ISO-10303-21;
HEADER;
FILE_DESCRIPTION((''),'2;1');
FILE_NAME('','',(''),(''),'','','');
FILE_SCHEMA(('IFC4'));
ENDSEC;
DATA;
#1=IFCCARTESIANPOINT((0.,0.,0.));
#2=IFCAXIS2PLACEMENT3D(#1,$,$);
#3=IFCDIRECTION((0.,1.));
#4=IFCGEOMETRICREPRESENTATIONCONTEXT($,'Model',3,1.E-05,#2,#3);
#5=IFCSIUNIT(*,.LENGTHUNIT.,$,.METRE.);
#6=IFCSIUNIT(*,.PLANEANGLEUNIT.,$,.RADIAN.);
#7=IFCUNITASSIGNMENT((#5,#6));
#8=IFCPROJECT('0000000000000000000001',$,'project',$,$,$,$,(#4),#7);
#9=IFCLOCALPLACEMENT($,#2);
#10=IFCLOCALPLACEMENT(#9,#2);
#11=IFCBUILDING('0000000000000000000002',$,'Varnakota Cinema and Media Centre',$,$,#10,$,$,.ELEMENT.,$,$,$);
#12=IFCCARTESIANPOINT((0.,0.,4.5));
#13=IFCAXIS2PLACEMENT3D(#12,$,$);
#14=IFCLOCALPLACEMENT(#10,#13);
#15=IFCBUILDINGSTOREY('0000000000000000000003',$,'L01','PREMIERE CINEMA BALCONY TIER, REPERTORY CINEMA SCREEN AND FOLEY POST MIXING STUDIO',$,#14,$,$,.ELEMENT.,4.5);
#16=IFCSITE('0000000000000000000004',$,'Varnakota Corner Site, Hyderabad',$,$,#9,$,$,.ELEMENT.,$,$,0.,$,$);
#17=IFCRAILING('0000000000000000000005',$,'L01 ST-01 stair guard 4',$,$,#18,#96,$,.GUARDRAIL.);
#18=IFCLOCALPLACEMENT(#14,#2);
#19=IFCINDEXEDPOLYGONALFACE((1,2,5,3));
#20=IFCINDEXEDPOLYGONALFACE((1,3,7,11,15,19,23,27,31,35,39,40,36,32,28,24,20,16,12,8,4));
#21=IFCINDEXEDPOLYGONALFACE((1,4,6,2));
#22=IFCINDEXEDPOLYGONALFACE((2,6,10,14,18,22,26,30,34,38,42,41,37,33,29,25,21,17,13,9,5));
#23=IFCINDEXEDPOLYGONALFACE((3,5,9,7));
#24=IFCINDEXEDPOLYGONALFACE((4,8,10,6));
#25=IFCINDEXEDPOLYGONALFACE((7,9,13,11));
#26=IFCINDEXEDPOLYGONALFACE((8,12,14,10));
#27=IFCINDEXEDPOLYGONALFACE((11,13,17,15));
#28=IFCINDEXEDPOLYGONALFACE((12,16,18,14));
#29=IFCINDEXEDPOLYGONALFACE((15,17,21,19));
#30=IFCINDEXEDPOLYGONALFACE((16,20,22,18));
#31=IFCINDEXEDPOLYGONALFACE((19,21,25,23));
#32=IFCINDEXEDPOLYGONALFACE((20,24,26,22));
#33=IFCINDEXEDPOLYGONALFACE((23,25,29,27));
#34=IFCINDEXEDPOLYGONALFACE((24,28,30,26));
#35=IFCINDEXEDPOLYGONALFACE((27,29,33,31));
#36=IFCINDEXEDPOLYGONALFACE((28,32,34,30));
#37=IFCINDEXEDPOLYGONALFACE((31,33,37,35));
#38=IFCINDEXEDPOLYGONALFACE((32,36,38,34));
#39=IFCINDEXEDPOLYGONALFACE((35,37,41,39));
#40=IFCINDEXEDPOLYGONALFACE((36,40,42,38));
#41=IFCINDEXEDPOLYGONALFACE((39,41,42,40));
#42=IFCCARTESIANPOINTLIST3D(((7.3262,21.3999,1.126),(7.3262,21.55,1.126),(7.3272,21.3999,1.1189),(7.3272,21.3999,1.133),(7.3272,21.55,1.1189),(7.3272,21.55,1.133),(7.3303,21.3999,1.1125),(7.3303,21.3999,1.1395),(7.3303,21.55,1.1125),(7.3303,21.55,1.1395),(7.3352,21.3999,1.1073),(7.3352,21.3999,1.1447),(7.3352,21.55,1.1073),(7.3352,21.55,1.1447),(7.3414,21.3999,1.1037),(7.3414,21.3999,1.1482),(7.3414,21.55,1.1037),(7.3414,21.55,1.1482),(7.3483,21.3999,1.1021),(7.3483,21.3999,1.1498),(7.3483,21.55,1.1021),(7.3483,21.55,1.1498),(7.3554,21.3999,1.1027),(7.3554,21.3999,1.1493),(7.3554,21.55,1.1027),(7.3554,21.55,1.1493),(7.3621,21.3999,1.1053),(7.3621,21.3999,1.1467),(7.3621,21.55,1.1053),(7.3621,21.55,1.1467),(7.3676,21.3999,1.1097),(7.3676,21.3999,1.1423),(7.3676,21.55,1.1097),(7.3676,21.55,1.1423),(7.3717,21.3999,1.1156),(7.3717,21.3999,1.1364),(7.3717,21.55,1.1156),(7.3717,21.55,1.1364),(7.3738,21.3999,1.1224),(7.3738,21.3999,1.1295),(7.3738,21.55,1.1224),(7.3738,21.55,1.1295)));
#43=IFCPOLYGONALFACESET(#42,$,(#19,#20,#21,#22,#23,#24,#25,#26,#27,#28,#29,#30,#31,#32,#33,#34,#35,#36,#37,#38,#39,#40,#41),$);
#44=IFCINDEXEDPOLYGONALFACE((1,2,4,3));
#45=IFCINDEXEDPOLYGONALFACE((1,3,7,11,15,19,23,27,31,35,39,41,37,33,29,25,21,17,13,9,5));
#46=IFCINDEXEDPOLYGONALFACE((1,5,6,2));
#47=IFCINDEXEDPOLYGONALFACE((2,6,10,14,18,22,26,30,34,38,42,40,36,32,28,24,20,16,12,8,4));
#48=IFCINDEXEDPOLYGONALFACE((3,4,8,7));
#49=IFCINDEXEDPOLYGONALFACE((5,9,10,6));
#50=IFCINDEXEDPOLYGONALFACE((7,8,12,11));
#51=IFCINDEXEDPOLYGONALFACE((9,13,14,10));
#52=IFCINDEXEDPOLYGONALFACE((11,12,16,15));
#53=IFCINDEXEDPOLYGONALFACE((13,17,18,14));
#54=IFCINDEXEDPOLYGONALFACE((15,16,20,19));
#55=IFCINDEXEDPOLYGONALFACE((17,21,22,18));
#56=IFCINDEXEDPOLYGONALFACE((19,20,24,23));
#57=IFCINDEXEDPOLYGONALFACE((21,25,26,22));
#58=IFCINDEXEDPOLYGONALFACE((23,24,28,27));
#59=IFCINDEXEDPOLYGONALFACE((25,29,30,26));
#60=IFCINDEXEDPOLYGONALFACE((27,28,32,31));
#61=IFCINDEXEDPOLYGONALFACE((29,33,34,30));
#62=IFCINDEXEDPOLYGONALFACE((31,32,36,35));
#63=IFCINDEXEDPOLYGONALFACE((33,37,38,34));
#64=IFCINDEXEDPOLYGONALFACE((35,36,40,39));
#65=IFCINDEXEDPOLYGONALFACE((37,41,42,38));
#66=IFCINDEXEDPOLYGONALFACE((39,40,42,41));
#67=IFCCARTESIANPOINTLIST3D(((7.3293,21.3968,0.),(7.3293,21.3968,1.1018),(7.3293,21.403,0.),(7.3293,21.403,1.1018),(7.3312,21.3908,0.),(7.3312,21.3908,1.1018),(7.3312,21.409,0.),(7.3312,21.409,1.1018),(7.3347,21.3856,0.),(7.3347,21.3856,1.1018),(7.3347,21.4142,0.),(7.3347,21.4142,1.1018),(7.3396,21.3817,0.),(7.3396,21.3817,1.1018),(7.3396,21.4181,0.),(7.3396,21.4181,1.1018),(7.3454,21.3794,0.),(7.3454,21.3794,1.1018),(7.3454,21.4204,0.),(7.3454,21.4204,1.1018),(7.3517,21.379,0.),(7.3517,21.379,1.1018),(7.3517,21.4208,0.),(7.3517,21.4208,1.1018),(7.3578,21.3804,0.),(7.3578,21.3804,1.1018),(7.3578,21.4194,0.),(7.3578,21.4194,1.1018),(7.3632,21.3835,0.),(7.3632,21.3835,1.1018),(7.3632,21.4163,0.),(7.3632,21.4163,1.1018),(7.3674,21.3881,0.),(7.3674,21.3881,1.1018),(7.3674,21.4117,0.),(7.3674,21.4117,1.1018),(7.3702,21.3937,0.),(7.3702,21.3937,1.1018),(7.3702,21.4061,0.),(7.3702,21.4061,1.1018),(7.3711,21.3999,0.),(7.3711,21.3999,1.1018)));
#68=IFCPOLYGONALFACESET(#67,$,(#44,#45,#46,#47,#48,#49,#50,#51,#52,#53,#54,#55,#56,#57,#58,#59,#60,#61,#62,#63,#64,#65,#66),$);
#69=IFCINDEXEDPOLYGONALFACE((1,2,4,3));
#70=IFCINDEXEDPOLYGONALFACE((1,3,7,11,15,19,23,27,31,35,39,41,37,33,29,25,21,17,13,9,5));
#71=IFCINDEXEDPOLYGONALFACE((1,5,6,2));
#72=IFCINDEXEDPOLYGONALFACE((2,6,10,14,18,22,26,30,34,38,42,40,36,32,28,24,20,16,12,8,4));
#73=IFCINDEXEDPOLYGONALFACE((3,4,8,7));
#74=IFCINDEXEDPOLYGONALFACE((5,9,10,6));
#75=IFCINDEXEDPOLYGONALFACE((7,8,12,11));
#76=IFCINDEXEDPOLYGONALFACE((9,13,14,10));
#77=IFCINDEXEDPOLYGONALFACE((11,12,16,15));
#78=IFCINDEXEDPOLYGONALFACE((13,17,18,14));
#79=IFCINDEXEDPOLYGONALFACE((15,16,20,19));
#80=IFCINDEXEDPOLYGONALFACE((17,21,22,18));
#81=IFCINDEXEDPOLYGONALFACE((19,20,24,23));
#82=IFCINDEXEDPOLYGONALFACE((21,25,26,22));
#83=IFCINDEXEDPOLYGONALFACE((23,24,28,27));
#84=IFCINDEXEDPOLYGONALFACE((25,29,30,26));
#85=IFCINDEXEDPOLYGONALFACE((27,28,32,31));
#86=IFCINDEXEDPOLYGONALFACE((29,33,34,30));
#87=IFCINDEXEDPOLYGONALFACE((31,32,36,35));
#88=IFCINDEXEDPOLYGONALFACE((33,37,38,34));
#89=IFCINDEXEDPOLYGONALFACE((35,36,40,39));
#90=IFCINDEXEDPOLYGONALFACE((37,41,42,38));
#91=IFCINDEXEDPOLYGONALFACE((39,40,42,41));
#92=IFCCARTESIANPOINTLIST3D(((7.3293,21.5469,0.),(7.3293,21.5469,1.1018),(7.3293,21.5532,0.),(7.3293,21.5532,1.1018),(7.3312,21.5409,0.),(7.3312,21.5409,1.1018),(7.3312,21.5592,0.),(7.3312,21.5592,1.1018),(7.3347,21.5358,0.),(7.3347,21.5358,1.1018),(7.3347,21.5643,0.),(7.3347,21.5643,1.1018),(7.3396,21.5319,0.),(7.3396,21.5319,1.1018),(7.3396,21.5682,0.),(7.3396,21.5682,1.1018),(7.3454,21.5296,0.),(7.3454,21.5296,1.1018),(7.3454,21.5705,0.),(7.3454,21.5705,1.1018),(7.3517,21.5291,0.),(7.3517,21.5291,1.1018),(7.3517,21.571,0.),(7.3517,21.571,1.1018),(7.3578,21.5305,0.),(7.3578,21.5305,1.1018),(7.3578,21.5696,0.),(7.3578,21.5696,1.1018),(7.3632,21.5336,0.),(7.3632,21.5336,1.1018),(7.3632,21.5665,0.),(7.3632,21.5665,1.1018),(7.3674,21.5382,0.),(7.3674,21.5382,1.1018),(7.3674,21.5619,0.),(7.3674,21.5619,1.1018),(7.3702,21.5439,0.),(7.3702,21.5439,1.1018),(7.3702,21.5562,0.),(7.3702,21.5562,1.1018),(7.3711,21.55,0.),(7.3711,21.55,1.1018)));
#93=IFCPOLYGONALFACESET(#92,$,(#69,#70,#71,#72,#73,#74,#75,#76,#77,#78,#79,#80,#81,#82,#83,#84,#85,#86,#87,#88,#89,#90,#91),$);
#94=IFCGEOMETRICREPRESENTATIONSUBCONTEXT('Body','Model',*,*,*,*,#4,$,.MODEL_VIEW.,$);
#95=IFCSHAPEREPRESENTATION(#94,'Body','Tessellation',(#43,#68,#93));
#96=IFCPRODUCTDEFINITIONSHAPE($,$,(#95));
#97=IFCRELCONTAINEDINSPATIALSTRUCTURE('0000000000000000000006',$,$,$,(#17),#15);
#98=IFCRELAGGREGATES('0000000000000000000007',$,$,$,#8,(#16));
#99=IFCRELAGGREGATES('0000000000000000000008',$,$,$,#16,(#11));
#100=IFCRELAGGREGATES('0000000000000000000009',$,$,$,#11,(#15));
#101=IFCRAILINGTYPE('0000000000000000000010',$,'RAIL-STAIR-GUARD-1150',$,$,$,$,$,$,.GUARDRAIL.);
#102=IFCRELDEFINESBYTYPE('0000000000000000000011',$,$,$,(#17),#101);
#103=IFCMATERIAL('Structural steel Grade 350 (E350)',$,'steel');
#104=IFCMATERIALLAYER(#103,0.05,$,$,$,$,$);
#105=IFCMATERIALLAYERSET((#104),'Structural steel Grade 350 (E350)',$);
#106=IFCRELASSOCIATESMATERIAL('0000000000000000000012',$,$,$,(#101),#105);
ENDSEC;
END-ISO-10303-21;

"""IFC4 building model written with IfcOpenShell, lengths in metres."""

from ifc_helpers import new_model, si_unit, direction, frame, origin, origin_2d, place, context, subcontext, project, spatial, circle, extrude, material, layer, layer_set, type_object, element, save


model = new_model("IFC4")

# Units and contexts
model_context = context("Model", 3, precision=1e-05, world=origin(), true_north=direction((0.0, 1.0)))
body_context = subcontext(model_context, "Body", "Model", "MODEL_VIEW")
ifc_project = project(units=[si_unit("LENGTHUNIT", "METRE"), si_unit("PLANEANGLEUNIT", "RADIAN")], contexts=[model_context])

# Site, building, storey
site_placement = place(None, origin())
site = spatial("IfcSite", under=ifc_project, at=site_placement, Name="Varnakota Corner Site, Hyderabad", CompositionType="ELEMENT", RefElevation=0.0)
building_placement = place(site_placement, origin())
building = spatial("IfcBuilding", under=site, at=building_placement, Name="Varnakota Cinema and Media Centre", CompositionType="ELEMENT")
storey_placement = place(building_placement, frame((0.0, 0.0, 4.5)))
storey = spatial("IfcBuildingStorey", under=building, at=storey_placement, Name="L01", Description="PREMIERE CINEMA BALCONY TIER, REPERTORY CINEMA SCREEN AND FOLEY POST MIXING STUDIO", CompositionType="ELEMENT", Elevation=4.5)

# Railing
ifc_material_1 = material(Name="Structural steel Grade 350 (E350)", Category="steel")
ifc_layer_1 = layer(ifc_material_1, 0.05)
ifc_layer_set_1 = layer_set([ifc_layer_1], Name="Structural steel Grade 350 (E350)")
railing_type_1 = type_object("IfcRailingType", Name="RAIL-STAIR-GUARD-1150", PredefinedType="GUARDRAIL", material=ifc_layer_set_1)
railing_1_placement = place(storey_placement, frame((7.3501, 21.3999, 0.0)))
element("IfcRailing", 1, at=railing_1_placement, inside=storey, type_object=railing_type_1, Name="L01 ST-01 stair guard 4", PredefinedType="GUARDRAIL", context=body_context, shape_type="SweptSolid", body=[
    extrude(circle(Radius=0.0239, at=origin_2d()), frame((0.0, 0.0, 1.126), z_axis=(0.0, 1.0, 0.0), x_axis=(-1.0, 0.0, 0.0)), (0.0, 0.0, 1.0), 0.1501),
    extrude(circle(Radius=0.021, at=origin_2d()), origin(), (0.0, 0.0, 1.0), 1.1018),
    extrude(circle(Radius=0.021, at=origin_2d()), frame((0.0, 0.1501, 0.0)), (0.0, 0.0, 1.0), 1.1018),
])

save(model, "model.ifc")
